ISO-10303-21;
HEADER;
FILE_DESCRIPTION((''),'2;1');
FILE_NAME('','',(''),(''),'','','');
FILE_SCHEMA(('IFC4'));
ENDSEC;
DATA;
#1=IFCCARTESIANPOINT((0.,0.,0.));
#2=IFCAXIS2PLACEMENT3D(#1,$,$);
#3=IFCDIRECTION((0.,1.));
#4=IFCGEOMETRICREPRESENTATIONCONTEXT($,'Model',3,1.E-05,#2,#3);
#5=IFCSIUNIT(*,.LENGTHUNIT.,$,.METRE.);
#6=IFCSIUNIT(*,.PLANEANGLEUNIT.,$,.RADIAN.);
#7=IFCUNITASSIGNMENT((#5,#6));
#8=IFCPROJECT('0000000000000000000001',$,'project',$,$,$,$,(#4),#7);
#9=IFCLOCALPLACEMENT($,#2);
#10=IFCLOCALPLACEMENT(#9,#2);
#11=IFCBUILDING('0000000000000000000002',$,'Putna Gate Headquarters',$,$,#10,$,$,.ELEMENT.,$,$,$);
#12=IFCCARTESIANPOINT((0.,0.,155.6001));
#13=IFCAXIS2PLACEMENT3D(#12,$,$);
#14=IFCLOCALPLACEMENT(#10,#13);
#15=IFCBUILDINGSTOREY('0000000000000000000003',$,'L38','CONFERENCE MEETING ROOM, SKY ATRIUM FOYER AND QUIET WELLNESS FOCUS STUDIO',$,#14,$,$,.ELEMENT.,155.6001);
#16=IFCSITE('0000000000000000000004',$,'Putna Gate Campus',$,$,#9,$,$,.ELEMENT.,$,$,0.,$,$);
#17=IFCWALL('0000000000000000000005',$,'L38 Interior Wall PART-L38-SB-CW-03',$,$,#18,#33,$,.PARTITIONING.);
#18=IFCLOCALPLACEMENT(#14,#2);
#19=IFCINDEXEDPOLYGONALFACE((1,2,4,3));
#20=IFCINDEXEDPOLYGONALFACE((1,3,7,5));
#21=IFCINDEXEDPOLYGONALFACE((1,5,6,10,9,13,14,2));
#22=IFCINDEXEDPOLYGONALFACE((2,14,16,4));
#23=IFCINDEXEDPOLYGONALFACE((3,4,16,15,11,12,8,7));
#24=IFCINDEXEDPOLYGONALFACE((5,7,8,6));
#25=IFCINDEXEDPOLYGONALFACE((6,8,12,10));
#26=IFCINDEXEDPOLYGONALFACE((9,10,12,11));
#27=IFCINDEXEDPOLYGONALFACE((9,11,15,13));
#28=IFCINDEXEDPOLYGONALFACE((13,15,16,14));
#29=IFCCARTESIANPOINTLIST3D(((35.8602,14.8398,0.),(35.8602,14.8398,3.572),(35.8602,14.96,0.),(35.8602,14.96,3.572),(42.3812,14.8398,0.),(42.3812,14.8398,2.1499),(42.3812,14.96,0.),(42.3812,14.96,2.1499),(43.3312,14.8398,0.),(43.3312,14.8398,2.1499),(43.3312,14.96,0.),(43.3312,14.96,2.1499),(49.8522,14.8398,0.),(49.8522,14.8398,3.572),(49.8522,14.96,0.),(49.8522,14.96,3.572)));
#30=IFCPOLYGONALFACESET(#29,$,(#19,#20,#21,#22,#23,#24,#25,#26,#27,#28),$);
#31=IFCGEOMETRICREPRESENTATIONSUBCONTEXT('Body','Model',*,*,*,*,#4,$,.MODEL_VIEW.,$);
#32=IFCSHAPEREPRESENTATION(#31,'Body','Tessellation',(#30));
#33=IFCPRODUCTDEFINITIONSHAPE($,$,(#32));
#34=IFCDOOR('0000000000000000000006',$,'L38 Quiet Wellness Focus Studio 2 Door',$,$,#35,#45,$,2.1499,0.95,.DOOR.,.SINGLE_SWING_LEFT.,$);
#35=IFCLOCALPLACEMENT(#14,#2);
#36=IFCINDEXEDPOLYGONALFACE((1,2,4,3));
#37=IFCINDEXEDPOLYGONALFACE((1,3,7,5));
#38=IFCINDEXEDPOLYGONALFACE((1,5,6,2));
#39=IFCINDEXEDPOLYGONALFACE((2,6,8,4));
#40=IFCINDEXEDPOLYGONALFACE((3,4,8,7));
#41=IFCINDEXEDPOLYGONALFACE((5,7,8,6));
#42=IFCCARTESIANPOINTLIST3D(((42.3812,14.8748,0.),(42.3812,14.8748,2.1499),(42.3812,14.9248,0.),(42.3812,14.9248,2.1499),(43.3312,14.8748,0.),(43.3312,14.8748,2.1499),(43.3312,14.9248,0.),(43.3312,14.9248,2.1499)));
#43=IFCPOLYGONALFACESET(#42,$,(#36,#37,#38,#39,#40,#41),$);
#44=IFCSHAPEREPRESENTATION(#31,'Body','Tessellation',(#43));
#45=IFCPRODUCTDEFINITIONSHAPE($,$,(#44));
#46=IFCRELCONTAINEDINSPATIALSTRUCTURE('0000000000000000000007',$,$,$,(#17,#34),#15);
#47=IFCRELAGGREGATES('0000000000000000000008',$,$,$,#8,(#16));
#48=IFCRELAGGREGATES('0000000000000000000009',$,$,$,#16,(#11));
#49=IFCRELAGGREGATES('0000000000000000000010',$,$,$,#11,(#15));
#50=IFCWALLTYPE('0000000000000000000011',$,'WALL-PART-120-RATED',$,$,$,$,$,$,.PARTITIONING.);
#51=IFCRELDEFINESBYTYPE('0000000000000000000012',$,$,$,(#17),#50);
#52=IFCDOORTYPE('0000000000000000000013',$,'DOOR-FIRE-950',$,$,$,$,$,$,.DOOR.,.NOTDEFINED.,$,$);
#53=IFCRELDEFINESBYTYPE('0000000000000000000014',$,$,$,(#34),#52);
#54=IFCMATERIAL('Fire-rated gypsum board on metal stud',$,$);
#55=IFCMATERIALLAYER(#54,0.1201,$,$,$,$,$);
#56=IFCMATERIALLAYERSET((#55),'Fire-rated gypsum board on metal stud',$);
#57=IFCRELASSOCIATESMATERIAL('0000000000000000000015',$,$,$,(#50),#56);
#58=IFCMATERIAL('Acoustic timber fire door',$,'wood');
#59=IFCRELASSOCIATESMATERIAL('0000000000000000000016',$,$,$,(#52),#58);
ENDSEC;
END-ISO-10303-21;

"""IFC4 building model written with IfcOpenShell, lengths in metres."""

from ifc_helpers import new_model, si_unit, direction, frame, frame_2d, origin, place, context, subcontext, project, spatial, rectangle, extrude, material, layer, layer_set, type_object, element, fill, save


model = new_model("IFC4")

# Units and contexts
model_context = context("Model", 3, precision=1e-05, world=origin(), true_north=direction((0.0, 1.0)))
body_context = subcontext(model_context, "Body", "Model", "MODEL_VIEW")
ifc_project = project(units=[si_unit("LENGTHUNIT", "METRE"), si_unit("PLANEANGLEUNIT", "RADIAN")], contexts=[model_context])

# Site, building, storey
site_placement = place(None, origin())
site = spatial("IfcSite", under=ifc_project, at=site_placement, Name="Putna Gate Campus", CompositionType="ELEMENT", RefElevation=0.0)
building_placement = place(site_placement, origin())
building = spatial("IfcBuilding", under=site, at=building_placement, Name="Putna Gate Headquarters", CompositionType="ELEMENT")
storey_placement = place(building_placement, frame((0.0, 0.0, 155.6001)))
storey = spatial("IfcBuildingStorey", under=building, at=storey_placement, Name="L38", Description="CONFERENCE MEETING ROOM, SKY ATRIUM FOYER AND QUIET WELLNESS FOCUS STUDIO", CompositionType="ELEMENT", Elevation=155.6001)

# Wall, opening, door
ifc_material_1 = material(Name="Fire-rated gypsum board on metal stud")
ifc_layer_1 = layer(ifc_material_1, 0.1201)
ifc_layer_set_1 = layer_set([ifc_layer_1], Name="Fire-rated gypsum board on metal stud")
wall_type_1 = type_object("IfcWallType", Name="WALL-PART-120-RATED", PredefinedType="PARTITIONING", material=ifc_layer_set_1)
wall_1_placement = place(storey_placement, frame((35.8601, 14.8999, 0.0), z_axis=(0.0, 0.0, 1.0), x_axis=(1.0, 0.0, 0.0)))
wall_1 = element("IfcWall", 1, at=wall_1_placement, inside=storey, type_object=wall_type_1, Name="L38 Interior Wall PART-L38-SB-CW-03", PredefinedType="PARTITIONING", context=body_context, shape_type="SweptSolid", body=[
    extrude(rectangle(XDim=13.9919, YDim=0.1201, at=frame_2d((6.9961, 0.0))), origin(), (0.0, 0.0, 1.0), 3.572),
])
opening_placement = place(wall_1_placement, frame((6.521, 0.0, 0.0)))
opening = element("IfcOpeningElement", 2, at=opening_placement, cuts=wall_1, PredefinedType="OPENING", context=body_context, shape_type="SweptSolid", body=[
    extrude(rectangle(XDim=0.95, YDim=2.1499, at=frame_2d((0.4751, 1.075))), frame((0.0, 0.0701, 0.0), z_axis=(0.0, -1.0, 0.0), x_axis=(1.0, 0.0, 0.0)), (0.0, 0.0, 1.0), 0.1401),
])
ifc_material_2 = material(Name="Acoustic timber fire door", Category="wood")
door_type = type_object("IfcDoorType", Name="DOOR-FIRE-950", OperationType="NOTDEFINED", PredefinedType="DOOR", material=ifc_material_2)
door_placement = place(opening_placement, origin())
door = element("IfcDoor", 3, at=door_placement, inside=storey, type_object=door_type, Name="L38 Quiet Wellness Focus Studio 2 Door", OperationType="SINGLE_SWING_LEFT", OverallHeight=2.1499, OverallWidth=0.95, PredefinedType="DOOR", context=body_context, shape_type="SweptSolid", body=[
    extrude(rectangle(XDim=0.95, YDim=2.1499, at=frame_2d((0.4751, 1.075))), frame((0.0, 0.0249, 0.0), z_axis=(0.0, -1.0, 0.0), x_axis=(1.0, 0.0, 0.0)), (0.0, 0.0, 1.0), 0.05),
])
fill(opening, door)

save(model, "model.ifc")
